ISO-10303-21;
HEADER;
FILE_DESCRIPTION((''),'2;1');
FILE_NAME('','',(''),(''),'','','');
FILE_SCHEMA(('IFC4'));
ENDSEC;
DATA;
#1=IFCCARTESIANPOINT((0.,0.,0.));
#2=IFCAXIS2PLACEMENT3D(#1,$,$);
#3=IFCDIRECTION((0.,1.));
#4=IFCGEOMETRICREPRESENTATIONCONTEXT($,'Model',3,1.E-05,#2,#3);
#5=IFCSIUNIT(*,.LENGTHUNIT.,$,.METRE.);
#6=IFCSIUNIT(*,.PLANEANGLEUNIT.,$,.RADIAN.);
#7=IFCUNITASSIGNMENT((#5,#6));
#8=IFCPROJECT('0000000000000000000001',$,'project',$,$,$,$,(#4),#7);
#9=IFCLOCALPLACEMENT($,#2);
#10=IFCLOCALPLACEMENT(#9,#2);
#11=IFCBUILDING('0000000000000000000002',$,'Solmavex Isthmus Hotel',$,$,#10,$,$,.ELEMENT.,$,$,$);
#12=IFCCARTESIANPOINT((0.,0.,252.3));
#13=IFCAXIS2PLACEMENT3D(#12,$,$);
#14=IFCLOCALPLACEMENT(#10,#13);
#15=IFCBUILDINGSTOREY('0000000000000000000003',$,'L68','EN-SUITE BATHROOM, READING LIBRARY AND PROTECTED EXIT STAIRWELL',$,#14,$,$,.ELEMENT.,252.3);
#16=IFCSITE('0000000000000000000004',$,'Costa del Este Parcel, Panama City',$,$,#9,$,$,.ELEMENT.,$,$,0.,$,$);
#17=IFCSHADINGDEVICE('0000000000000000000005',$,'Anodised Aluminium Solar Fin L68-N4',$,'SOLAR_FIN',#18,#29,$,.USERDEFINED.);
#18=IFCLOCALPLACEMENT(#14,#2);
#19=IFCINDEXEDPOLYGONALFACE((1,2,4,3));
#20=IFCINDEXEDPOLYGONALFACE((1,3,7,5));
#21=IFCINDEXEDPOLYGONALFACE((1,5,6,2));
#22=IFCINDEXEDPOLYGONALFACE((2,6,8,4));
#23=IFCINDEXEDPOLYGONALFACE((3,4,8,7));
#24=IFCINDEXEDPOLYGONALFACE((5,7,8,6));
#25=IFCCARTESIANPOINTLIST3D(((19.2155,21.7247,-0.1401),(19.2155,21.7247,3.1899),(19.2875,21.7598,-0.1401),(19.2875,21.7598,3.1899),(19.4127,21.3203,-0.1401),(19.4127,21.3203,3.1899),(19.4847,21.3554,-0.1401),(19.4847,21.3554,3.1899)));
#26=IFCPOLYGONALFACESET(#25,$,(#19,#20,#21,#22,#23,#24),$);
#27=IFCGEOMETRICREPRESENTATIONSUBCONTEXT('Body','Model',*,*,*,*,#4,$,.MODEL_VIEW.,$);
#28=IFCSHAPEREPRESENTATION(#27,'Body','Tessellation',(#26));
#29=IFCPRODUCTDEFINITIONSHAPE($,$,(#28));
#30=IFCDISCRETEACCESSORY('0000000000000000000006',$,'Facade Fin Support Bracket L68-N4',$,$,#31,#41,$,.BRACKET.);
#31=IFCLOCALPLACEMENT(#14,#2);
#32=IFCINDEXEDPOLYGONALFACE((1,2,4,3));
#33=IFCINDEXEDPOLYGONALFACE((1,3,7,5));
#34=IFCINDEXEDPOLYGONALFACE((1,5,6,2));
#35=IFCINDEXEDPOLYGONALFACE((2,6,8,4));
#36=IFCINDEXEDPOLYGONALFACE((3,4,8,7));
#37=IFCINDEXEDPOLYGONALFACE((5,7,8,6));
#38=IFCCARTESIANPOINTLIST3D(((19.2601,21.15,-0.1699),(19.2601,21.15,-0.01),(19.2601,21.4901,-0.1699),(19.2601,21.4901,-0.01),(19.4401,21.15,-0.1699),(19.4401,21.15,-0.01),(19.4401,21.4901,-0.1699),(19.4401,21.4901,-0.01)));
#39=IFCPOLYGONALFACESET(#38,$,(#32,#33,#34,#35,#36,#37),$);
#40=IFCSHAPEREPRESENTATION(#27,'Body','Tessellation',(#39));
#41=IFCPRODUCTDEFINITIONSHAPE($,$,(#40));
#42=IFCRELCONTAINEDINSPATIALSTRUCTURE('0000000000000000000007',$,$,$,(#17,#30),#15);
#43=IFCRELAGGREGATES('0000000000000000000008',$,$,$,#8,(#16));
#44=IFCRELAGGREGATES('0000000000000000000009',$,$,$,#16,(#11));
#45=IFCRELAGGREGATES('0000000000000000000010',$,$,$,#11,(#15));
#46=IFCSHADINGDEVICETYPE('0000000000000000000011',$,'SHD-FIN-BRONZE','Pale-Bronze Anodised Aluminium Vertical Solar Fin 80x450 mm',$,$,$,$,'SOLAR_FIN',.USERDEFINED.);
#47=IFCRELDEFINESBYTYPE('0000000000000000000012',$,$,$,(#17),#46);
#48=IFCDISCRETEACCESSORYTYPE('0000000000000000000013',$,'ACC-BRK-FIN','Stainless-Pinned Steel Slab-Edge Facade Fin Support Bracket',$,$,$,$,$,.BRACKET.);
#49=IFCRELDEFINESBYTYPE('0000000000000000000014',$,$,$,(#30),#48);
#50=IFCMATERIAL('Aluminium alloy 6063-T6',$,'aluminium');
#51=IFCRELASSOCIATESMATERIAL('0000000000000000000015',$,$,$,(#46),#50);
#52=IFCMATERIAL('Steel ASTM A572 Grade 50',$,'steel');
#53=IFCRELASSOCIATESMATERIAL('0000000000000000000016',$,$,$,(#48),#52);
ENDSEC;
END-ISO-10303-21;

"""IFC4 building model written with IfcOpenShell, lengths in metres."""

from ifc_helpers import new_model, si_unit, direction, frame, origin, origin_2d, place, context, subcontext, project, spatial, rectangle, extrude, material, type_object, element, save


model = new_model("IFC4")

# Units and contexts
model_context = context("Model", 3, precision=1e-05, world=origin(), true_north=direction((0.0, 1.0)))
body_context = subcontext(model_context, "Body", "Model", "MODEL_VIEW")
ifc_project = project(units=[si_unit("LENGTHUNIT", "METRE"), si_unit("PLANEANGLEUNIT", "RADIAN")], contexts=[model_context])

# Site, building, storey
site_placement = place(None, origin())
site = spatial("IfcSite", under=ifc_project, at=site_placement, Name="Costa del Este Parcel, Panama City", CompositionType="ELEMENT", RefElevation=0.0)
building_placement = place(site_placement, origin())
building = spatial("IfcBuilding", under=site, at=building_placement, Name="Solmavex Isthmus Hotel", CompositionType="ELEMENT")
storey_placement = place(building_placement, frame((0.0, 0.0, 252.3)))
storey = spatial("IfcBuildingStorey", under=building, at=storey_placement, Name="L68", Description="EN-SUITE BATHROOM, READING LIBRARY AND PROTECTED EXIT STAIRWELL", CompositionType="ELEMENT", Elevation=252.3)

# Shared definitions
ifc_material_1 = material(Name="Aluminium alloy 6063-T6", Category="aluminium")

# Shading device
shading_device_type = type_object("IfcShadingDeviceType", Name="SHD-FIN-BRONZE", Description="Pale-Bronze Anodised Aluminium Vertical Solar Fin 80x450 mm", ElementType="SOLAR_FIN", PredefinedType="USERDEFINED", material=ifc_material_1)
shading_device_placement = place(storey_placement, frame((19.3501, 21.54, -0.1401), z_axis=(0.0, 0.0, 1.0), x_axis=(-0.438371, 0.898794, 0.0)))
element("IfcShadingDevice", 1, at=shading_device_placement, inside=storey, type_object=shading_device_type, Name="Anodised Aluminium Solar Fin L68-N4", ObjectType="SOLAR_FIN", PredefinedType="USERDEFINED", context=body_context, shape_type="SweptSolid", body=[
    extrude(rectangle(XDim=0.45, YDim=0.0801, at=origin_2d()), origin(), (0.0, 0.0, 1.0), 3.3301),
])

# Discrete accessory
ifc_material_2 = material(Name="Steel ASTM A572 Grade 50", Category="steel")
discrete_accessory_type = type_object("IfcDiscreteAccessoryType", Name="ACC-BRK-FIN", Description="Stainless-Pinned Steel Slab-Edge Facade Fin Support Bracket", PredefinedType="BRACKET", material=ifc_material_2)
discrete_accessory_placement = place(storey_placement, frame((19.3501, 21.3201, -0.1699), z_axis=(0.0, 0.0, 1.0), x_axis=(0.0, 1.0, 0.0)))
element("IfcDiscreteAccessory", 2, at=discrete_accessory_placement, inside=storey, type_object=discrete_accessory_type, Name="Facade Fin Support Bracket L68-N4", PredefinedType="BRACKET", context=body_context, shape_type="SweptSolid", body=[
    extrude(rectangle(XDim=0.3401, YDim=0.1799, at=origin_2d()), origin(), (0.0, 0.0, 1.0), 0.1599),
])

save(model, "model.ifc")
